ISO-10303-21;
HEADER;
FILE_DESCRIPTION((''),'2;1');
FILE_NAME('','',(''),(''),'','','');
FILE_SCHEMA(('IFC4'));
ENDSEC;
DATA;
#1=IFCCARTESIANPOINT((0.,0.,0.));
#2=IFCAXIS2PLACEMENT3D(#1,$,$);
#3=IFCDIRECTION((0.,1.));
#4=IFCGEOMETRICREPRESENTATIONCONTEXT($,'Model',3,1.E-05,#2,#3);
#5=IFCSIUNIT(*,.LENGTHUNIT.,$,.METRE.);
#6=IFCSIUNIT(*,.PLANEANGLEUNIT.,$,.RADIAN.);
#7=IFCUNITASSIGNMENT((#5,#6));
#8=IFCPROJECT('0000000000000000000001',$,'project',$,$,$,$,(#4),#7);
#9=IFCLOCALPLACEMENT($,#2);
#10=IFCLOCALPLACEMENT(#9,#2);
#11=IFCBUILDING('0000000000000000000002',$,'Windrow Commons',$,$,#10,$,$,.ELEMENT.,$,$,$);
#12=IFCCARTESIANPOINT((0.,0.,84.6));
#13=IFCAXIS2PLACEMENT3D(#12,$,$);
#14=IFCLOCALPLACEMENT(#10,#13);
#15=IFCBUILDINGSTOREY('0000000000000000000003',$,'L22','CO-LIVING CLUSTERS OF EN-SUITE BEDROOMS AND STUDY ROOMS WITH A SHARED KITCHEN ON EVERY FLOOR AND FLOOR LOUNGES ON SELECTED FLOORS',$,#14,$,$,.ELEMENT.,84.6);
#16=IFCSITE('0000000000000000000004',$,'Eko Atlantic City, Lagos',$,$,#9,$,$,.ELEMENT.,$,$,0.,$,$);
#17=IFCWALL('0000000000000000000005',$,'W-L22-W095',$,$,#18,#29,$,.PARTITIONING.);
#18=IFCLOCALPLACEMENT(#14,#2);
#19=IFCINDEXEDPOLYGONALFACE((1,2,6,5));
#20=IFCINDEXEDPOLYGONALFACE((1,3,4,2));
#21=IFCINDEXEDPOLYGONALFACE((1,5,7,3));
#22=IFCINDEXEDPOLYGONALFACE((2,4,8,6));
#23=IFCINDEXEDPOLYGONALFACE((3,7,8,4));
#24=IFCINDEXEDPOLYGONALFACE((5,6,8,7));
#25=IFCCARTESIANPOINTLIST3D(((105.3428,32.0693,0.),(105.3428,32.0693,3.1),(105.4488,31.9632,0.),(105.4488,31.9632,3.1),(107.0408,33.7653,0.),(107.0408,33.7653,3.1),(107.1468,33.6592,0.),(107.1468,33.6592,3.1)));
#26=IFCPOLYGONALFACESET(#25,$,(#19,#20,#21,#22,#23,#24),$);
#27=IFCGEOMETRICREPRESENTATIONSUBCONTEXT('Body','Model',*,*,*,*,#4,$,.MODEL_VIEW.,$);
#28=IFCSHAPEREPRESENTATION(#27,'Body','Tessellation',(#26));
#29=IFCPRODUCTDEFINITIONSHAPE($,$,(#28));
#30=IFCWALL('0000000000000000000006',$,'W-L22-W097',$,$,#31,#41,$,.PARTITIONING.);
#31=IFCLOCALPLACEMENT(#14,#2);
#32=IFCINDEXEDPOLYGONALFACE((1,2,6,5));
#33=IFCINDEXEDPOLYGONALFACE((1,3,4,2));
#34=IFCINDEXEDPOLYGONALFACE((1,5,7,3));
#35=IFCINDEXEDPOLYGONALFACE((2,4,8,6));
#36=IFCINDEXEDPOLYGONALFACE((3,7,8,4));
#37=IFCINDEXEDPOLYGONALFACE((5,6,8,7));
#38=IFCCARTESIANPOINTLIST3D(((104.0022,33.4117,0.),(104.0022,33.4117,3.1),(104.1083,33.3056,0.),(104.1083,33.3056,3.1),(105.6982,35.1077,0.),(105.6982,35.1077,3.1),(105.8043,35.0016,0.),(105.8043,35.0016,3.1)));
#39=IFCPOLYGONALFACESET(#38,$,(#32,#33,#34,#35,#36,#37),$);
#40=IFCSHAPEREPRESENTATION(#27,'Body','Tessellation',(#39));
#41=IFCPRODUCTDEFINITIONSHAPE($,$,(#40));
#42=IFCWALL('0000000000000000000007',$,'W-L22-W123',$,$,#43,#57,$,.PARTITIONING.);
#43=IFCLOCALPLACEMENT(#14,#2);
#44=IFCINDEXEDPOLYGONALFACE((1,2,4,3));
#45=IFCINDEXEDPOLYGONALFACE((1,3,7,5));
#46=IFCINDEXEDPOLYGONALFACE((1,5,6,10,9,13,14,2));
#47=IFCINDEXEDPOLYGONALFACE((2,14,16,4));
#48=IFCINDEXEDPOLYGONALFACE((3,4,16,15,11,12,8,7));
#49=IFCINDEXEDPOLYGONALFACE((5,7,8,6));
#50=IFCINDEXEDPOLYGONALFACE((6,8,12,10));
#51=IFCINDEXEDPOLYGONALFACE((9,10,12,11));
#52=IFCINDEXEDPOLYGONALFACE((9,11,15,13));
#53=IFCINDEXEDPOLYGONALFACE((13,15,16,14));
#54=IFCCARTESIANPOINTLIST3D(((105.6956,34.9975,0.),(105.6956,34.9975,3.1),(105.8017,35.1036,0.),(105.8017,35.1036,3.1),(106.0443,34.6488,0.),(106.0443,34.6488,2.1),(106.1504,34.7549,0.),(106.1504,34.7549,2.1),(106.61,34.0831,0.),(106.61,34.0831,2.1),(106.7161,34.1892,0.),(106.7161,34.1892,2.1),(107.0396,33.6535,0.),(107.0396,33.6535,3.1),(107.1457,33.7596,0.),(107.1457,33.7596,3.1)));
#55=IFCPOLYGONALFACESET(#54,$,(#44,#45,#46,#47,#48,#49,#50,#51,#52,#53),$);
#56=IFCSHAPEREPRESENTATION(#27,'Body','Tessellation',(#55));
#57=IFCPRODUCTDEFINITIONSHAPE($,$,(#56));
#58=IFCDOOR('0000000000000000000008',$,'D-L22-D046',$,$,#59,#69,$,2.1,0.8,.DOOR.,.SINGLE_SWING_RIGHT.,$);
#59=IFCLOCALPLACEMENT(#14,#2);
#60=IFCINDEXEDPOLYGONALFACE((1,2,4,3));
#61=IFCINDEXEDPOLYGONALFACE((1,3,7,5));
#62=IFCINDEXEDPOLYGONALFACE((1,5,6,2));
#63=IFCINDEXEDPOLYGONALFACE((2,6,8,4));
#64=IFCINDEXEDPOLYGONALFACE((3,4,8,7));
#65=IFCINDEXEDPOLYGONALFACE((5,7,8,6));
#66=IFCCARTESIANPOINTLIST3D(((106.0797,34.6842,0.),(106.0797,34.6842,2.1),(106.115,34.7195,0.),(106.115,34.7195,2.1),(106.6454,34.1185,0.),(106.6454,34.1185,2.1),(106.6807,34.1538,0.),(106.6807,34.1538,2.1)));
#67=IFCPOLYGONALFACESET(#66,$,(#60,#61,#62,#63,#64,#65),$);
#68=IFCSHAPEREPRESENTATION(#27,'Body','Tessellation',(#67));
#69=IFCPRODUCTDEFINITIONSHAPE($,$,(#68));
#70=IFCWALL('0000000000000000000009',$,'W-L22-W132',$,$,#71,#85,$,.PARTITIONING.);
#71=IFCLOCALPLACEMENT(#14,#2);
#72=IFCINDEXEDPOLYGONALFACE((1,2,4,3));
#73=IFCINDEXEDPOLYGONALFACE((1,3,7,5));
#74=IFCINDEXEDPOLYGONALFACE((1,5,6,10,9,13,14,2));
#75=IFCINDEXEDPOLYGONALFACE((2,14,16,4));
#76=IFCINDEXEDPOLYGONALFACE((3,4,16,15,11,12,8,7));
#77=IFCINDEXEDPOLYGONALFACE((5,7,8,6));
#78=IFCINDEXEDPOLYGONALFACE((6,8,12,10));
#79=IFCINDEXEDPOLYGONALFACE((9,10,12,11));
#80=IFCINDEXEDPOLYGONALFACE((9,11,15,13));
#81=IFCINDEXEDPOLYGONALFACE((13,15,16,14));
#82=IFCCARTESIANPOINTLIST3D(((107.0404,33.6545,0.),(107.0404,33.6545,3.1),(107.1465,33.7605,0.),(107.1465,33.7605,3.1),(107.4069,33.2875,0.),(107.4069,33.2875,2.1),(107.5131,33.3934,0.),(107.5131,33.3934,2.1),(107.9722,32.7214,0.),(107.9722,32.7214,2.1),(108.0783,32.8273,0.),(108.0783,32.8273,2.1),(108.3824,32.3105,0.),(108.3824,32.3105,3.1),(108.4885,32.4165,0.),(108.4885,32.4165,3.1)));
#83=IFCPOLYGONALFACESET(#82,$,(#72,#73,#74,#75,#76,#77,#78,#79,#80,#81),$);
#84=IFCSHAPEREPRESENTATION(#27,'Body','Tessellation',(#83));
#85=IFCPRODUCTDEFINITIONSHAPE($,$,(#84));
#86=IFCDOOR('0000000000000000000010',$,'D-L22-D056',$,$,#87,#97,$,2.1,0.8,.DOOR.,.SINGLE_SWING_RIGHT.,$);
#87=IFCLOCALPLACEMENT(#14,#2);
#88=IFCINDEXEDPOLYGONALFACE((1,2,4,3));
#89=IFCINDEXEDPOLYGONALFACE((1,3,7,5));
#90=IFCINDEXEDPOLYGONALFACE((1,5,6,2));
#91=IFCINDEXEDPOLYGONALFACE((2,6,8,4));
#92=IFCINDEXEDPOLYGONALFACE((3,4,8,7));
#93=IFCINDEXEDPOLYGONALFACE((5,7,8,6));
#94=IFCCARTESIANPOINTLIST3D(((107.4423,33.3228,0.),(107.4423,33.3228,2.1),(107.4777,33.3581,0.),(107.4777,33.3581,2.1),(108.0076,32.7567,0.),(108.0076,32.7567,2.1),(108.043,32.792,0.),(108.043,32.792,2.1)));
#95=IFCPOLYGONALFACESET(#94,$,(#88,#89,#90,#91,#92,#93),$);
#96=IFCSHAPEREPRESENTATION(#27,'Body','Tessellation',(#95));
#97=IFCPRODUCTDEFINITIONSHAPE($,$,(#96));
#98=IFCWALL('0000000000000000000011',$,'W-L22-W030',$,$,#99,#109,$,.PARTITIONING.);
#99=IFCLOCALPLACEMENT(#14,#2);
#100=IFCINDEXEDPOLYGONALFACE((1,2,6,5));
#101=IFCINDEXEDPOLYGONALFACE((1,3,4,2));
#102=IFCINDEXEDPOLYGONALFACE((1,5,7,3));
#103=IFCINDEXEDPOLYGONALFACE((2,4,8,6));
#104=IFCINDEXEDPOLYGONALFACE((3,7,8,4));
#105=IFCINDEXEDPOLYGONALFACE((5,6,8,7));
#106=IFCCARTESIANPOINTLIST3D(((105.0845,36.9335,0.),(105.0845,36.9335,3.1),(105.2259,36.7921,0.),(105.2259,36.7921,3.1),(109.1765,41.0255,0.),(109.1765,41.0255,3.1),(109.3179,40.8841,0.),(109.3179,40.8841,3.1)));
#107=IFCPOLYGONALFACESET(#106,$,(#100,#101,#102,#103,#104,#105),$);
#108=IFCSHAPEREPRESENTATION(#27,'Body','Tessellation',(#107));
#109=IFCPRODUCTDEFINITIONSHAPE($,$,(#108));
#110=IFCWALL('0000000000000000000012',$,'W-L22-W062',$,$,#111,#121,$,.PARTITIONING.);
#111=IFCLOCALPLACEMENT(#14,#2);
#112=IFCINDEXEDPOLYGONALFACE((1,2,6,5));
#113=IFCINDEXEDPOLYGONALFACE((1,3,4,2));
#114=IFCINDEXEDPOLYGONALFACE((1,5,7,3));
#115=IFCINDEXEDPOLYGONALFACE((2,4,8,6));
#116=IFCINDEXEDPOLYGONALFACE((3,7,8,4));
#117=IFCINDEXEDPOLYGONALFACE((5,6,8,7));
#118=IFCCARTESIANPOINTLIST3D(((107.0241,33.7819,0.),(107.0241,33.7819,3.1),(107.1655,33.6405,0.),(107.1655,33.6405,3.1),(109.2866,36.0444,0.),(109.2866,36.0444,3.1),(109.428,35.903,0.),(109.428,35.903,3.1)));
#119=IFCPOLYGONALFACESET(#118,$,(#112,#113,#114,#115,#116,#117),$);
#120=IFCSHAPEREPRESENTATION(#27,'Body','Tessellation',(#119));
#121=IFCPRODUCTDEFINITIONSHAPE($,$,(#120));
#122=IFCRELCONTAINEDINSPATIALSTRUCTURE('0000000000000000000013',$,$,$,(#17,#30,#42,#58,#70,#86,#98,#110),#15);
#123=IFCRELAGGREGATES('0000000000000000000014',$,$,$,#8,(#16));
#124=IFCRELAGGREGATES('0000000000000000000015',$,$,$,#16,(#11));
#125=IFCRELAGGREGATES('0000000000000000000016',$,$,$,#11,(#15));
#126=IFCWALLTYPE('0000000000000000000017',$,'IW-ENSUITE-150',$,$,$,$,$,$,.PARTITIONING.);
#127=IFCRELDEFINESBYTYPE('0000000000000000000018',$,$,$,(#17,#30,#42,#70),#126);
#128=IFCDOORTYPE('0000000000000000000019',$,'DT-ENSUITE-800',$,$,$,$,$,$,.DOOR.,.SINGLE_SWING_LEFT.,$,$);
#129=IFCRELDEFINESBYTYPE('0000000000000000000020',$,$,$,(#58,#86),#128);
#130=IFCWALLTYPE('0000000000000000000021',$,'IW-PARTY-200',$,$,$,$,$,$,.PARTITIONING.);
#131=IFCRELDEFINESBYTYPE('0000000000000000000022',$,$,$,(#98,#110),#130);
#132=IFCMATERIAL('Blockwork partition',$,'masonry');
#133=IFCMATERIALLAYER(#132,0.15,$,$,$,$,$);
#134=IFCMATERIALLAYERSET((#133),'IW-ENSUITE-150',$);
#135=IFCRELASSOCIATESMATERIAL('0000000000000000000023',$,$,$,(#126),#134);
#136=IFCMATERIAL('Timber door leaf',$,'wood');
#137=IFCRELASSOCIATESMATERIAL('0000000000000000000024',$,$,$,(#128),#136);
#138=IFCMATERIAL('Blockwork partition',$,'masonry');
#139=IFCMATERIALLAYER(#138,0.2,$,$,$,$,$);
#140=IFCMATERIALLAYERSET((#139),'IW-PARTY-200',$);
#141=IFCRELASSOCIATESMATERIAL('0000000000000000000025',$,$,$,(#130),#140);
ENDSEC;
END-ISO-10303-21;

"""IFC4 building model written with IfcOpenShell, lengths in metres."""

from ifc_helpers import new_model, si_unit, direction, frame, frame_2d, origin, place, context, subcontext, project, spatial, rectangle, extrude, material, layer, layer_set, type_object, element, fill, save


model = new_model("IFC4")

# Units and contexts
model_context = context("Model", 3, precision=1e-05, world=origin(), true_north=direction((0.0, 1.0)))
body_context = subcontext(model_context, "Body", "Model", "MODEL_VIEW")
ifc_project = project(units=[si_unit("LENGTHUNIT", "METRE"), si_unit("PLANEANGLEUNIT", "RADIAN")], contexts=[model_context])

# Site, building, storey
site_placement = place(None, origin())
site = spatial("IfcSite", under=ifc_project, at=site_placement, Name="Eko Atlantic City, Lagos", CompositionType="ELEMENT", RefElevation=0.0)
building_placement = place(site_placement, origin())
building = spatial("IfcBuilding", under=site, at=building_placement, Name="Windrow Commons", CompositionType="ELEMENT")
storey_placement = place(building_placement, frame((0.0, 0.0, 84.6)))
storey = spatial("IfcBuildingStorey", under=building, at=storey_placement, Name="L22", Description="CO-LIVING CLUSTERS OF EN-SUITE BEDROOMS AND STUDY ROOMS WITH A SHARED KITCHEN ON EVERY FLOOR AND FLOOR LOUNGES ON SELECTED FLOORS", CompositionType="ELEMENT", Elevation=84.6)

# Walls
ifc_material_1 = material(Name="Blockwork partition", Category="masonry")
ifc_layer_1 = layer(ifc_material_1, 0.15)
ifc_layer_set_1 = layer_set([ifc_layer_1], Name="IW-ENSUITE-150")
wall_type_1 = type_object("IfcWallType", Name="IW-ENSUITE-150", PredefinedType="PARTITIONING", material=ifc_layer_set_1)
wall_1_placement = place(storey_placement, frame((105.3958, 32.0162, 0.0), z_axis=(0.0, 0.0, 1.0), x_axis=(0.707523, 0.70669, 0.0)))
element("IfcWall", 1, at=wall_1_placement, inside=storey, type_object=wall_type_1, Name="W-L22-W095", PredefinedType="PARTITIONING", context=body_context, shape_type="SweptSolid", body=[
    extrude(rectangle(XDim=2.3999, YDim=0.15, at=frame_2d((1.2, 0.0))), origin(), (0.0, 0.0, 1.0), 3.1),
])
wall_2_placement = place(storey_placement, frame((104.0553, 33.3587, 0.0), z_axis=(0.0, 0.0, 1.0), x_axis=(0.707107, 0.707107, 0.0)))
element("IfcWall", 2, at=wall_2_placement, inside=storey, type_object=wall_type_1, Name="W-L22-W097", PredefinedType="PARTITIONING", context=body_context, shape_type="SweptSolid", body=[
    extrude(rectangle(XDim=2.3985, YDim=0.15, at=frame_2d((1.1992, 0.0))), origin(), (0.0, 0.0, 1.0), 3.1),
])

# Walls, openings, doors
wall_3_placement = place(storey_placement, frame((105.7486, 35.0506, 0.0), z_axis=(0.0, 0.0, 1.0), x_axis=(0.707107, -0.707107, 0.0)))
wall_3 = element("IfcWall", 3, at=wall_3_placement, inside=storey, type_object=wall_type_1, Name="W-L22-W123", PredefinedType="PARTITIONING", context=body_context, shape_type="SweptSolid", body=[
    extrude(rectangle(XDim=1.9007, YDim=0.15, at=frame_2d((0.9504, 0.0))), origin(), (0.0, 0.0, 1.0), 3.1),
])
opening_1_placement = place(wall_3_placement, frame((0.4932, 0.0, 0.0)))
opening_1 = element("IfcOpeningElement", 4, at=opening_1_placement, cuts=wall_3, PredefinedType="OPENING", context=body_context, shape_type="SweptSolid", body=[
    extrude(rectangle(XDim=0.8, YDim=2.1, at=frame_2d((0.4, 1.05))), frame((0.0, 0.085, 0.0), z_axis=(0.0, -1.0, 0.0), x_axis=(1.0, 0.0, 0.0)), (0.0, 0.0, 1.0), 0.17),
])
ifc_material_2 = material(Name="Timber door leaf", Category="wood")
door_type_1 = type_object("IfcDoorType", Name="DT-ENSUITE-800", OperationType="SINGLE_SWING_LEFT", PredefinedType="DOOR", material=ifc_material_2)
door_1_placement = place(opening_1_placement, origin())
door_1 = element("IfcDoor", 5, at=door_1_placement, inside=storey, type_object=door_type_1, Name="D-L22-D046", OperationType="SINGLE_SWING_RIGHT", OverallHeight=2.1, OverallWidth=0.8, PredefinedType="DOOR", context=body_context, shape_type="SweptSolid", body=[
    extrude(rectangle(XDim=0.8, YDim=2.1, at=frame_2d((0.4, 1.05))), frame((0.0, 0.025, 0.0), z_axis=(0.0, -1.0, 0.0), x_axis=(1.0, 0.0, 0.0)), (0.0, 0.0, 1.0), 0.05),
])
fill(opening_1, door_1)
wall_4_placement = place(storey_placement, frame((107.0935, 33.7075, 0.0), z_axis=(0.0, 0.0, 1.0), x_axis=(0.70658, -0.707633, 0.0)))
wall_4 = element("IfcWall", 6, at=wall_4_placement, inside=storey, type_object=wall_type_1, Name="W-L22-W132", PredefinedType="PARTITIONING", context=body_context, shape_type="SweptSolid", body=[
    extrude(rectangle(XDim=1.8993, YDim=0.15, at=frame_2d((0.9496, 0.0))), origin(), (0.0, 0.0, 1.0), 3.1),
])
opening_2_placement = place(wall_4_placement, frame((0.5187, 0.0, 0.0)))
opening_2 = element("IfcOpeningElement", 7, at=opening_2_placement, cuts=wall_4, PredefinedType="OPENING", context=body_context, shape_type="SweptSolid", body=[
    extrude(rectangle(XDim=0.8, YDim=2.1, at=frame_2d((0.4, 1.05))), frame((0.0, 0.085, 0.0), z_axis=(0.0, -1.0, 0.0), x_axis=(1.0, 0.0, 0.0)), (0.0, 0.0, 1.0), 0.17),
])
door_2_placement = place(opening_2_placement, origin())
door_2 = element("IfcDoor", 8, at=door_2_placement, inside=storey, type_object=door_type_1, Name="D-L22-D056", OperationType="SINGLE_SWING_RIGHT", OverallHeight=2.1, OverallWidth=0.8, PredefinedType="DOOR", context=body_context, shape_type="SweptSolid", body=[
    extrude(rectangle(XDim=0.8, YDim=2.1, at=frame_2d((0.4, 1.05))), frame((0.0, 0.025, 0.0), z_axis=(0.0, -1.0, 0.0), x_axis=(1.0, 0.0, 0.0)), (0.0, 0.0, 1.0), 0.05),
])
fill(opening_2, door_2)

# Walls
ifc_material_3 = material(Name="Blockwork partition", Category="masonry")
ifc_layer_2 = layer(ifc_material_3, 0.2)
ifc_layer_set_2 = layer_set([ifc_layer_2], Name="IW-PARTY-200")
wall_type_2 = type_object("IfcWallType", Name="IW-PARTY-200", PredefinedType="PARTITIONING", material=ifc_layer_set_2)
wall_5_placement = place(storey_placement, frame((105.1552, 36.8628, 0.0), z_axis=(0.0, 0.0, 1.0), x_axis=(0.707107, 0.707107, 0.0)))
element("IfcWall", 9, at=wall_5_placement, inside=storey, type_object=wall_type_2, Name="W-L22-W030", PredefinedType="PARTITIONING", context=body_context, shape_type="SweptSolid", body=[
    extrude(rectangle(XDim=5.787, YDim=0.2, at=frame_2d((2.8935, 0.0))), origin(), (0.0, 0.0, 1.0), 3.1),
])
wall_6_placement = place(storey_placement, frame((107.0948, 33.7112, 0.0), z_axis=(0.0, 0.0, 1.0), x_axis=(0.707107, 0.707107, 0.0)))
element("IfcWall", 10, at=wall_6_placement, inside=storey, type_object=wall_type_2, Name="W-L22-W062", PredefinedType="PARTITIONING", context=body_context, shape_type="SweptSolid", body=[
    extrude(rectangle(XDim=3.1997, YDim=0.2, at=frame_2d((1.5998, 0.0))), origin(), (0.0, 0.0, 1.0), 3.1),
])

save(model, "model.ifc")
